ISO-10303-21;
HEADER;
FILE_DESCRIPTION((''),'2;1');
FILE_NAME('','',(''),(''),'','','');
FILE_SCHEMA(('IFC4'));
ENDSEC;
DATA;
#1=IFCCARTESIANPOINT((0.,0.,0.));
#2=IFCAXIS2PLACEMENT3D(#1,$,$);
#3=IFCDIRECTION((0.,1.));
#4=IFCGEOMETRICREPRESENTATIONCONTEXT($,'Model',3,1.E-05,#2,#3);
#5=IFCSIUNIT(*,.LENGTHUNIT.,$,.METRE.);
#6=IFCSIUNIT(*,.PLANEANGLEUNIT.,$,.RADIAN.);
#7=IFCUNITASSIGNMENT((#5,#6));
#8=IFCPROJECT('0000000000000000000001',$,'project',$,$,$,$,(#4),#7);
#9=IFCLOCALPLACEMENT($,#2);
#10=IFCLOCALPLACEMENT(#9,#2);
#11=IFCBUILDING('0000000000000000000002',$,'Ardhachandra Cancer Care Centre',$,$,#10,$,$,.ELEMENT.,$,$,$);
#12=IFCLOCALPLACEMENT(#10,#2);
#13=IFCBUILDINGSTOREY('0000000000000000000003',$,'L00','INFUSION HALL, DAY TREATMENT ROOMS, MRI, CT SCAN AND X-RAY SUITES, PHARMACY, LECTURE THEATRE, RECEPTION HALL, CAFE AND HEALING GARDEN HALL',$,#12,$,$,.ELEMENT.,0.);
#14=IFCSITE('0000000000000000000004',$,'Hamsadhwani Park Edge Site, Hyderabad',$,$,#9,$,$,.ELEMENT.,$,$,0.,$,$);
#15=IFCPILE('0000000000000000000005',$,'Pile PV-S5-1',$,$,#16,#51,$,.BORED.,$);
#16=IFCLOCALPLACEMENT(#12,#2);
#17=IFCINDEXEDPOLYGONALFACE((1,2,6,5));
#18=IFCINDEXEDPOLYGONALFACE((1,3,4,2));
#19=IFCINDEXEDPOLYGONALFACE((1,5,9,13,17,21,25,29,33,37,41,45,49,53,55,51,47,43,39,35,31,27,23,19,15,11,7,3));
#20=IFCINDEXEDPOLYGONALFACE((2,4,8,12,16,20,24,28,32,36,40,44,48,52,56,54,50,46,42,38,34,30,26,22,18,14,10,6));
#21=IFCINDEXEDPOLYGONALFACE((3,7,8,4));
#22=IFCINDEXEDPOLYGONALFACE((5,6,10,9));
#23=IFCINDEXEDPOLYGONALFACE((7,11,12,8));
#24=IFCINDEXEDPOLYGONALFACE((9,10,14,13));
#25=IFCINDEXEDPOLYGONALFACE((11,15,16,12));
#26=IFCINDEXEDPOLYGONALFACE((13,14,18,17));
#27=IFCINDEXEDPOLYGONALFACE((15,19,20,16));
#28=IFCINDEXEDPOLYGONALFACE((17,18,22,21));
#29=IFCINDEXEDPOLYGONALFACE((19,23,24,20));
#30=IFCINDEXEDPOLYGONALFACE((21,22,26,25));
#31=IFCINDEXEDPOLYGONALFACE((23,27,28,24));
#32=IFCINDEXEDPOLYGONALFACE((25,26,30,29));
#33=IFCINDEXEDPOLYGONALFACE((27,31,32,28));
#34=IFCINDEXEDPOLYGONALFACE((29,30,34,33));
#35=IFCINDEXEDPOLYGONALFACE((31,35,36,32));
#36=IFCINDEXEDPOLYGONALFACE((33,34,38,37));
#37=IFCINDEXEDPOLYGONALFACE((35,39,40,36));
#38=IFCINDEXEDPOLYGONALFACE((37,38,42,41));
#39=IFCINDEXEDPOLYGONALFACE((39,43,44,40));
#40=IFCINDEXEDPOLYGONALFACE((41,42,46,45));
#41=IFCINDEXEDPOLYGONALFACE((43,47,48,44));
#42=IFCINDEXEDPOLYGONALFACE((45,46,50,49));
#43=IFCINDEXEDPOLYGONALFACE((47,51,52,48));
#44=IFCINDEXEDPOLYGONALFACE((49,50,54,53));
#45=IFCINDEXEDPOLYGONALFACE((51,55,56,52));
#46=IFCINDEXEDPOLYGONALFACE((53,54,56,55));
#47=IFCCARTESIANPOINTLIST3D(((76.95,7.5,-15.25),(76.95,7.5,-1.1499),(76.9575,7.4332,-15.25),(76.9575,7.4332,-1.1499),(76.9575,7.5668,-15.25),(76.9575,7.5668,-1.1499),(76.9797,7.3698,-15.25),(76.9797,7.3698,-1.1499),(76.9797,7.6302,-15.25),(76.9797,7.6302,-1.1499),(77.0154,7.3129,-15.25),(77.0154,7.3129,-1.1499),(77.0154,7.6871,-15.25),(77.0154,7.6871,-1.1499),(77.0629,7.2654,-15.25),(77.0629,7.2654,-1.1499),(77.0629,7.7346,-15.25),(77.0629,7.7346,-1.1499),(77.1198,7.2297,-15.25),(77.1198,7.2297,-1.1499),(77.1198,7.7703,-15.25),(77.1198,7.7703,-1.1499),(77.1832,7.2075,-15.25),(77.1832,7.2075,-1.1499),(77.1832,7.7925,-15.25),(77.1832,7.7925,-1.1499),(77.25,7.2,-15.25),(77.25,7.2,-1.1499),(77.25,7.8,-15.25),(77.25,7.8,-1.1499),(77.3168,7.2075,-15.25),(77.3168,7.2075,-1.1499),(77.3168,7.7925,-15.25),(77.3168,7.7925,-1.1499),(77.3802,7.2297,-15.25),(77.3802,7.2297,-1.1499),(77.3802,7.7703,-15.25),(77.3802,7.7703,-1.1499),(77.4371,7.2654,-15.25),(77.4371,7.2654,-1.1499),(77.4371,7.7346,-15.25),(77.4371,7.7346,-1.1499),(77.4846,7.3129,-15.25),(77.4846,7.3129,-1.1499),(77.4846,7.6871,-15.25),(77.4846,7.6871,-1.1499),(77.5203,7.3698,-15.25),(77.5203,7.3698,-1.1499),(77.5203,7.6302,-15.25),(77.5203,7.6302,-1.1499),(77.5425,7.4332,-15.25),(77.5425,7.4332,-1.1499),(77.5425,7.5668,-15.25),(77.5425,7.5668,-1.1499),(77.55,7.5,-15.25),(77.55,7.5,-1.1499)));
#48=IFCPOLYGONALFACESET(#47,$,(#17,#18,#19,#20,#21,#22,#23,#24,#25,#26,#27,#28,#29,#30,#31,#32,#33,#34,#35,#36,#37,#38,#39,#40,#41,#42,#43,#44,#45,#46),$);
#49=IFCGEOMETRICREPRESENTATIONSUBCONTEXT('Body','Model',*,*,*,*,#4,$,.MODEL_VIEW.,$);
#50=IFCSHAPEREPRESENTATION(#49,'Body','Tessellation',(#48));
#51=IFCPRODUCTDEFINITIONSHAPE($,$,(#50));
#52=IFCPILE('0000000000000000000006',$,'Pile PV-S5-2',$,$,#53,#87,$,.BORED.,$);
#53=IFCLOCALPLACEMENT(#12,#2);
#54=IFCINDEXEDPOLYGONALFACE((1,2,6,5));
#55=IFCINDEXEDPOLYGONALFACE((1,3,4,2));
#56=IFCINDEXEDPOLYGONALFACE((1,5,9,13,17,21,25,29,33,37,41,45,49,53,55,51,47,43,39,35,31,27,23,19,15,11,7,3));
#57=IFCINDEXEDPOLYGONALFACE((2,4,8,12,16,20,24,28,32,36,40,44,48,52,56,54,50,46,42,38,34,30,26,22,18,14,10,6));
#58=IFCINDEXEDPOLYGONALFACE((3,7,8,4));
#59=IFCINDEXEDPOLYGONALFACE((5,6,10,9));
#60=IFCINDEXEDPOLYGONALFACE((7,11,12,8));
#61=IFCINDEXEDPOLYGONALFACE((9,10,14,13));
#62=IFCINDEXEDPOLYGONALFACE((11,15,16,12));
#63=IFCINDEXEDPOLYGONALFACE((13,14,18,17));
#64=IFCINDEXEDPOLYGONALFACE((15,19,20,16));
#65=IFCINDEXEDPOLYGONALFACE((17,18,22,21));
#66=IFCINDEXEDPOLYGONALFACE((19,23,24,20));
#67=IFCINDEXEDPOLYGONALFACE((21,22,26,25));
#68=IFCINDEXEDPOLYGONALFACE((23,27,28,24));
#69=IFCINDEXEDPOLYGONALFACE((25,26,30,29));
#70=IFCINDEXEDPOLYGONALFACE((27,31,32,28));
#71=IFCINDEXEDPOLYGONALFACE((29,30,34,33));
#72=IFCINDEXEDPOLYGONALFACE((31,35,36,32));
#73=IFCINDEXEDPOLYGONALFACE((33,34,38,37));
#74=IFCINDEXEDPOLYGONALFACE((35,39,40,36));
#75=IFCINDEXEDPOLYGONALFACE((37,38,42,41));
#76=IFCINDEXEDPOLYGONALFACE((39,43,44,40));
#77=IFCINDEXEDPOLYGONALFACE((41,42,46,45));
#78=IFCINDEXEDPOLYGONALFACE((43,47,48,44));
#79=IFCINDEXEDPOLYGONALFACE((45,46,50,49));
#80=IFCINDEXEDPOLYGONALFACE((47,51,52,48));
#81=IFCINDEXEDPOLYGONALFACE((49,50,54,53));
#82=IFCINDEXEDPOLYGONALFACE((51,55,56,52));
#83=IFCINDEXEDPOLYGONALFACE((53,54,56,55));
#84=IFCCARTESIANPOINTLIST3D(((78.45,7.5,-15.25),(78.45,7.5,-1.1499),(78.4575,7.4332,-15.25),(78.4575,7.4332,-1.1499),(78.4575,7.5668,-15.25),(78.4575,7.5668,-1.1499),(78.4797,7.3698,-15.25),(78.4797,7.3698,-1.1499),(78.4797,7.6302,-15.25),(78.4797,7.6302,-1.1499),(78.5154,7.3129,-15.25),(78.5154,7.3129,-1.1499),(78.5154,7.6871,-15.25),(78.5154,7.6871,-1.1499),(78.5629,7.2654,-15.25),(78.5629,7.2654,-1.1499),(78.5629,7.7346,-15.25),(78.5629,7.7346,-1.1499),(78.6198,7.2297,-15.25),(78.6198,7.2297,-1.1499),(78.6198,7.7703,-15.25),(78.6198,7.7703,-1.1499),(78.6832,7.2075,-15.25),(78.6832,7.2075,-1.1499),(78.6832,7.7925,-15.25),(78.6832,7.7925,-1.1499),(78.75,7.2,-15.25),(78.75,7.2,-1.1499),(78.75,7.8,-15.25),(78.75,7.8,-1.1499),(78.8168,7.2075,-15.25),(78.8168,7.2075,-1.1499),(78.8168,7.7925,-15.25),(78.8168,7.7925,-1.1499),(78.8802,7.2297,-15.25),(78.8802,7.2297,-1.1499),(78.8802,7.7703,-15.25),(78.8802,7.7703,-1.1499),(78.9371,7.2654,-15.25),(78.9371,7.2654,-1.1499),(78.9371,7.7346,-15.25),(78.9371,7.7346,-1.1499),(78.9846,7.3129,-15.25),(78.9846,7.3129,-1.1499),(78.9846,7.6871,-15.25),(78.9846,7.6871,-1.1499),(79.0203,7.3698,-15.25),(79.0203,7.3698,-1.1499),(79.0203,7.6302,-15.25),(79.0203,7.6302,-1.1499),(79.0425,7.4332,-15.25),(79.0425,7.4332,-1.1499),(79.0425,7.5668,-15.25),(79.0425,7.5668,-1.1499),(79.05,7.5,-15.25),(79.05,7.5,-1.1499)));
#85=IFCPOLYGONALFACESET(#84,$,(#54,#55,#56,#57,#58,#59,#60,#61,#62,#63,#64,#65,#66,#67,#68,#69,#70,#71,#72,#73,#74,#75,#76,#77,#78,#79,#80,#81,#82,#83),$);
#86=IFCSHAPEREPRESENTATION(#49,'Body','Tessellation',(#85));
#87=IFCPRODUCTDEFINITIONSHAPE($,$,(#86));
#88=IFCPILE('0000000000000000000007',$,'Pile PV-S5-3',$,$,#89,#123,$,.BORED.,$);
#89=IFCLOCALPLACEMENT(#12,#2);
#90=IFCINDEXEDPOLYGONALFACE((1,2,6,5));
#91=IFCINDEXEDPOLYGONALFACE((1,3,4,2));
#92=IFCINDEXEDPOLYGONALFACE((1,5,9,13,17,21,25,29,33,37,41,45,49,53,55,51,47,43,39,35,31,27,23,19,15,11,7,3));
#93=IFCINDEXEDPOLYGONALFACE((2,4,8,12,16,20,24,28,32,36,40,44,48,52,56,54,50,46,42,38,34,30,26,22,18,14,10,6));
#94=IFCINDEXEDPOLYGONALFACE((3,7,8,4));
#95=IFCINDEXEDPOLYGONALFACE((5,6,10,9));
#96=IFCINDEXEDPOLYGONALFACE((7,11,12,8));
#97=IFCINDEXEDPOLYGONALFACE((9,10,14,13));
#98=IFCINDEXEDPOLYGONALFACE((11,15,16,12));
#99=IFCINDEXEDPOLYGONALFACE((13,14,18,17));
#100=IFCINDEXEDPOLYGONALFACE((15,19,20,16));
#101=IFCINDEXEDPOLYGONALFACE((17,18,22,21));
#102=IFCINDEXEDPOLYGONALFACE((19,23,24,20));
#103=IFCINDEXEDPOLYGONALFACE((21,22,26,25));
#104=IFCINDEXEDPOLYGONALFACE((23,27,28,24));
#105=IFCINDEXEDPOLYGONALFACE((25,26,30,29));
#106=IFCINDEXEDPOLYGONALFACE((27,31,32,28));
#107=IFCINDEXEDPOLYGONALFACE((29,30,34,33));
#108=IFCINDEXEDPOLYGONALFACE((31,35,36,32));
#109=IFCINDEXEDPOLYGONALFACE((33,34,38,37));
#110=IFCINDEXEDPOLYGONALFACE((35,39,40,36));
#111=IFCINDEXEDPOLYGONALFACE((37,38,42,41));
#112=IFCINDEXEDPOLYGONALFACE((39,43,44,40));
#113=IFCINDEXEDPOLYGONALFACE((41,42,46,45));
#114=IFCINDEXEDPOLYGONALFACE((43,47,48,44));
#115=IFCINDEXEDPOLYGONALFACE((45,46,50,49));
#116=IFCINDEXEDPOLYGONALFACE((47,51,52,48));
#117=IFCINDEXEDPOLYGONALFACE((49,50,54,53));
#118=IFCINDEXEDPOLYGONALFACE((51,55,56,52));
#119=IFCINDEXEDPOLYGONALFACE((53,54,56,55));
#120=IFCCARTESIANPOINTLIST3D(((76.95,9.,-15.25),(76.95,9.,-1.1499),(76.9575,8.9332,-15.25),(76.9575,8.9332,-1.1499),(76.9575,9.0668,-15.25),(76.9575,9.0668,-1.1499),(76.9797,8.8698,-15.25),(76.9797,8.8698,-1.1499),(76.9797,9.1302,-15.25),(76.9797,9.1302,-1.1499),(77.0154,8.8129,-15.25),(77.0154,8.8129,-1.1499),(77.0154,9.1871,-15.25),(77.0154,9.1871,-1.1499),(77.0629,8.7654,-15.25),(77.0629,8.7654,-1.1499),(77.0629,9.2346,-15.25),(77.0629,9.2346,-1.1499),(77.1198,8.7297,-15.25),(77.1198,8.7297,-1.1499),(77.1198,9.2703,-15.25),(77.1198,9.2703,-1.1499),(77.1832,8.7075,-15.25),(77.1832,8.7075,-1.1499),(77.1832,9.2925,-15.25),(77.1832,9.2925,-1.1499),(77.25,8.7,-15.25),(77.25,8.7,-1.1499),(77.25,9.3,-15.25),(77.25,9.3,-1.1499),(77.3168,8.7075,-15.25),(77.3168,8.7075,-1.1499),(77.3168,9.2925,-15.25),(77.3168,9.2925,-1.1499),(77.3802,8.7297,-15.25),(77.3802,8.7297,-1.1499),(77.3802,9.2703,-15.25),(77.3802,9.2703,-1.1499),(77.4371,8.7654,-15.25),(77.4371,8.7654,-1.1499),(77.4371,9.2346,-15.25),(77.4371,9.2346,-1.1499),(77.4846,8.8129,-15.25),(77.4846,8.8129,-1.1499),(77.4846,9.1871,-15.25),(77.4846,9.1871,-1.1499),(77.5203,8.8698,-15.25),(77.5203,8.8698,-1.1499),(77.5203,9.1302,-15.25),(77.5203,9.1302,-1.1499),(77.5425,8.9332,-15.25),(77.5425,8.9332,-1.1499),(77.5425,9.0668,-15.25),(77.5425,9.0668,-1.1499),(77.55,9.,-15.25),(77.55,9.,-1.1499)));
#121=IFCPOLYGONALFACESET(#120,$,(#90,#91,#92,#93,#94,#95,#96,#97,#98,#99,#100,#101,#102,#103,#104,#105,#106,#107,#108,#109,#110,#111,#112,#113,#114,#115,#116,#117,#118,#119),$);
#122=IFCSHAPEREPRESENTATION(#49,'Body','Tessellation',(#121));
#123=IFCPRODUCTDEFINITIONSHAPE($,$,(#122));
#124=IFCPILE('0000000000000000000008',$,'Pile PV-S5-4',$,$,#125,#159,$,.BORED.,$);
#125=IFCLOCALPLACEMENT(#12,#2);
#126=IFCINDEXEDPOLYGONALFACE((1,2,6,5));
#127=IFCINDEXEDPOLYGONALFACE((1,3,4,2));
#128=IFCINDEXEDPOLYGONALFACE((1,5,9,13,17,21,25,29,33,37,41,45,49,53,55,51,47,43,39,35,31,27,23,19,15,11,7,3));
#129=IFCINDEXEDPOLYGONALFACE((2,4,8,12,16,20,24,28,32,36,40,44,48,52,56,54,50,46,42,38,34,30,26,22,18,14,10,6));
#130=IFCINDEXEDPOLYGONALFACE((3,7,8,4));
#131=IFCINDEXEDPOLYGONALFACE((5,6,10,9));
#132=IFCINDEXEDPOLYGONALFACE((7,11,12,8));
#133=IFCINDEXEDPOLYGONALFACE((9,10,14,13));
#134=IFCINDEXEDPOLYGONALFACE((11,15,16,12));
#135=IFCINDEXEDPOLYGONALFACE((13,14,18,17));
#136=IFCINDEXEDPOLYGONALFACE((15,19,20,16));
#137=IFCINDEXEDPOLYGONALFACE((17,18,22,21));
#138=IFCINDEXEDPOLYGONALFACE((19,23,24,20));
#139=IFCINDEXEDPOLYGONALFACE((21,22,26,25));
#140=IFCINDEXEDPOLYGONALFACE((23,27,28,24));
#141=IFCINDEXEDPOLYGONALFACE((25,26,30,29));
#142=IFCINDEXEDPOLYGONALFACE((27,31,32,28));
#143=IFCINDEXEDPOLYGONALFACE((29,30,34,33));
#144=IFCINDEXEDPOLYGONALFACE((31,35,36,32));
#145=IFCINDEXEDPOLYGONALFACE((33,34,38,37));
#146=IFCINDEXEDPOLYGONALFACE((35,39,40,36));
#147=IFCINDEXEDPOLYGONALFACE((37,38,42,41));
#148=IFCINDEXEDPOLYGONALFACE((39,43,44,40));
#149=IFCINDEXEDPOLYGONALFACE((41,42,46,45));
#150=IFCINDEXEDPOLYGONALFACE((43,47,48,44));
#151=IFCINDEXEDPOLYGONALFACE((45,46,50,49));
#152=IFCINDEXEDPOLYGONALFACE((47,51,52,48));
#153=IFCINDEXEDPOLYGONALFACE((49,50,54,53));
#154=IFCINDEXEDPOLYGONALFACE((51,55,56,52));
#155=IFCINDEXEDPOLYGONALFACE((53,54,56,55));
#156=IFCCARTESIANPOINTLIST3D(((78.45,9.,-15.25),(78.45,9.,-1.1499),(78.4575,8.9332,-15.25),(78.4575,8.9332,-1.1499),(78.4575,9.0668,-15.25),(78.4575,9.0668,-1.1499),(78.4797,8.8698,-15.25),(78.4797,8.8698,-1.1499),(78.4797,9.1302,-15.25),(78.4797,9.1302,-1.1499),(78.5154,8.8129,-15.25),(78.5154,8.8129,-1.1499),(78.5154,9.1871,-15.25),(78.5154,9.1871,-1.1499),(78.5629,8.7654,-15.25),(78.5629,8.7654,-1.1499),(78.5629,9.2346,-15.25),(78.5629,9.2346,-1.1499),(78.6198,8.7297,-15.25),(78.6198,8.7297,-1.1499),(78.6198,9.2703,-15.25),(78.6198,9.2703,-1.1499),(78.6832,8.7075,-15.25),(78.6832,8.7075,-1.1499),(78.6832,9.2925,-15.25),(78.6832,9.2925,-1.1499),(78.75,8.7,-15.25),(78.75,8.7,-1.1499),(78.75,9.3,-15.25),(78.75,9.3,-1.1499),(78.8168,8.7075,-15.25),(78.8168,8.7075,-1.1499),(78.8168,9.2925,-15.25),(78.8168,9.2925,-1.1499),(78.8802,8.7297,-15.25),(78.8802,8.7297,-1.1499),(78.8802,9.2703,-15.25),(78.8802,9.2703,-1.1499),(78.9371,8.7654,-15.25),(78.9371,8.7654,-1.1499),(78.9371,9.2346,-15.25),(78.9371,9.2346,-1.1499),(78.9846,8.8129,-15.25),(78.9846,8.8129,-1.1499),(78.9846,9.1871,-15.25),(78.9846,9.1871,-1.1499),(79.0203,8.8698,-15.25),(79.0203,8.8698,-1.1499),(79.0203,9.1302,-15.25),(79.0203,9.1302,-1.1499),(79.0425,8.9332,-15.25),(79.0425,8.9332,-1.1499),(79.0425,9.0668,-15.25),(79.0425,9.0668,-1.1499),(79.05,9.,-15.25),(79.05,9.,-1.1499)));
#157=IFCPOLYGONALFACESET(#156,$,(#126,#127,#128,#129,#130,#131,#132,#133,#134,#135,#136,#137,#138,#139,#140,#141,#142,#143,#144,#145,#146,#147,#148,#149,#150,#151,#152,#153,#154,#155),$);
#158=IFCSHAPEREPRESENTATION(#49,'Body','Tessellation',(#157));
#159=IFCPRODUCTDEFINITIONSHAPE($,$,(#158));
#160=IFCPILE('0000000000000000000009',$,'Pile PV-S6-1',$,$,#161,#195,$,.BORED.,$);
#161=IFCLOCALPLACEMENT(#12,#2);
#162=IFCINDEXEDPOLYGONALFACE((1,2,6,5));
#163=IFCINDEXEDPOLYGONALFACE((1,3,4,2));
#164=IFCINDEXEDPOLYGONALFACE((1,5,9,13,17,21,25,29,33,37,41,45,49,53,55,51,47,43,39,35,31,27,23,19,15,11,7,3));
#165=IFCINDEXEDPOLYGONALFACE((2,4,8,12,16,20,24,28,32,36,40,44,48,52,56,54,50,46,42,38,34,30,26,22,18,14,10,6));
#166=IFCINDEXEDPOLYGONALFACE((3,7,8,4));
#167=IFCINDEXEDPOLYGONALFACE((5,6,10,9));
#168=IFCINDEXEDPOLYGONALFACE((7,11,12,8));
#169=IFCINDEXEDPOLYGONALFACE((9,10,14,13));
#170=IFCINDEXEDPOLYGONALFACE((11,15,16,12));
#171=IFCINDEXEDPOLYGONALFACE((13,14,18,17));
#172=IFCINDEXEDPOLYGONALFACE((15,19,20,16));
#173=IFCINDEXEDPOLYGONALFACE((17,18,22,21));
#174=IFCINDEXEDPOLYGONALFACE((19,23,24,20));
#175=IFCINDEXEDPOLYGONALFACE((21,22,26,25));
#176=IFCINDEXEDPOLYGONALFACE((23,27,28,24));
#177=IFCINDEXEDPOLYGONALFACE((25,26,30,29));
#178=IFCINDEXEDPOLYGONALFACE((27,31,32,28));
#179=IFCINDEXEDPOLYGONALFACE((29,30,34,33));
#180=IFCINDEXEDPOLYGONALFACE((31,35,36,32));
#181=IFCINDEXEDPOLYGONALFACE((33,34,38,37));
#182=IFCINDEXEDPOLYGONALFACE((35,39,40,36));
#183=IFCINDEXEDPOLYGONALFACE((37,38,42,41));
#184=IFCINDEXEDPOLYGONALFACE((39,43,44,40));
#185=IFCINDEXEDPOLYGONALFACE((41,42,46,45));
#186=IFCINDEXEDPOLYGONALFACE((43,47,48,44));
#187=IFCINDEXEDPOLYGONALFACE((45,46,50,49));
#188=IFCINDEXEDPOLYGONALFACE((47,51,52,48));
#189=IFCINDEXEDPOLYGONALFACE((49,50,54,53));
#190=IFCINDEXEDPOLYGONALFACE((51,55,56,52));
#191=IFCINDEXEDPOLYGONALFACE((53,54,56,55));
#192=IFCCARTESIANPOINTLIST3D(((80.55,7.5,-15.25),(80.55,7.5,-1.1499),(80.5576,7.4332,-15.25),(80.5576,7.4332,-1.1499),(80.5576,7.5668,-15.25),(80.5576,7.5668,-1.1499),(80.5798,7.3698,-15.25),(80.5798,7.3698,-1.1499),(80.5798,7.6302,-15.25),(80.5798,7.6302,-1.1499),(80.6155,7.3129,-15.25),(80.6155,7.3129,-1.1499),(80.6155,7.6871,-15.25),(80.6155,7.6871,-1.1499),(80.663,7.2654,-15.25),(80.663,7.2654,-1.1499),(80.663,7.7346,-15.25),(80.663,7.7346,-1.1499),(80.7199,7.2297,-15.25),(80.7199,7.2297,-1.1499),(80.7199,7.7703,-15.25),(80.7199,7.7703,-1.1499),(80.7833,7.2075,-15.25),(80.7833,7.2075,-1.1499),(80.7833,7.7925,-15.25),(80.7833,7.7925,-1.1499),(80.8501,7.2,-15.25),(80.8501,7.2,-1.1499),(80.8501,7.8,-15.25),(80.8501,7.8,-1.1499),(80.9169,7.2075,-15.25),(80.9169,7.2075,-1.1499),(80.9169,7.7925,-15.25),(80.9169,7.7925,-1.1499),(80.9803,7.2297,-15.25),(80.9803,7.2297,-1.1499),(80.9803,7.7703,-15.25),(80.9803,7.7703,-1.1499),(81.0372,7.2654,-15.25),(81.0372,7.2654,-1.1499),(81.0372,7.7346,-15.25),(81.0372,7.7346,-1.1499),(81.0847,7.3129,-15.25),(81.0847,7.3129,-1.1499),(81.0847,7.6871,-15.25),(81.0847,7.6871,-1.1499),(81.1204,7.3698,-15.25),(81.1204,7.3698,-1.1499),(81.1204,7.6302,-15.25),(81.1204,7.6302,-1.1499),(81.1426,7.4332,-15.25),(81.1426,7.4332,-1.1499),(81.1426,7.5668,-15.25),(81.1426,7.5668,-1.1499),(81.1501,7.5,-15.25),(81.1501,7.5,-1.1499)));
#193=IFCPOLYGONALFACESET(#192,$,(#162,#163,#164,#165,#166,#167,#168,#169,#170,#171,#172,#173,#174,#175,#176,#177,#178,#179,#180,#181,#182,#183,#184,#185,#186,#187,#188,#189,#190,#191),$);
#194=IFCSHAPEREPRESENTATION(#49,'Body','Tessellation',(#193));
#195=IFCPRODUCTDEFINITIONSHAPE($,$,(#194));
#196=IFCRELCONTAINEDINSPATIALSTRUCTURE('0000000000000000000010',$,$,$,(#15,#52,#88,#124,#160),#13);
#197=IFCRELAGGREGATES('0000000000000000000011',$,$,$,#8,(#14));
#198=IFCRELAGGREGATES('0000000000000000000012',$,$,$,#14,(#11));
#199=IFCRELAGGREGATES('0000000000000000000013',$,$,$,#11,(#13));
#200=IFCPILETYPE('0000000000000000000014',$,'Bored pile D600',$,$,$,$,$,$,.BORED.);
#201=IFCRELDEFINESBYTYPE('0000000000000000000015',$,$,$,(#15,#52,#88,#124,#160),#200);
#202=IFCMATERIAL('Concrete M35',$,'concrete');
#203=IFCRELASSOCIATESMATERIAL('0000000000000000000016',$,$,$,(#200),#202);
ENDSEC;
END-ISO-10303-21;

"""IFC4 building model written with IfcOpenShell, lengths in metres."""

from ifc_helpers import new_model, si_unit, direction, frame, origin, origin_2d, place, context, subcontext, project, spatial, circle, extrude, material, material_profile, profile_set, type_object, element, save


model = new_model("IFC4")

# Units and contexts
model_context = context("Model", 3, precision=1e-05, world=origin(), true_north=direction((0.0, 1.0)))
body_context = subcontext(model_context, "Body", "Model", "MODEL_VIEW")
ifc_project = project(units=[si_unit("LENGTHUNIT", "METRE"), si_unit("PLANEANGLEUNIT", "RADIAN")], contexts=[model_context])

# Site, building, storey
site_placement = place(None, origin())
site = spatial("IfcSite", under=ifc_project, at=site_placement, Name="Hamsadhwani Park Edge Site, Hyderabad", CompositionType="ELEMENT", RefElevation=0.0)
building_placement = place(site_placement, origin())
building = spatial("IfcBuilding", under=site, at=building_placement, Name="Ardhachandra Cancer Care Centre", CompositionType="ELEMENT")
storey_placement = place(building_placement, origin())
storey = spatial("IfcBuildingStorey", under=building, at=storey_placement, Name="L00", Description="INFUSION HALL, DAY TREATMENT ROOMS, MRI, CT SCAN AND X-RAY SUITES, PHARMACY, LECTURE THEATRE, RECEPTION HALL, CAFE AND HEALING GARDEN HALL", CompositionType="ELEMENT", Elevation=0.0)

# Piles
ifc_material_1 = material(Name="Concrete M35", Category="concrete")
ifc_material_profile_1 = material_profile(ifc_material_1, circle(Radius=0.3, at=origin_2d()), Name="D600")
ifc_profile_set_1 = profile_set([ifc_material_profile_1], Name="Concrete M35")
pile_type = type_object("IfcPileType", Name="Bored pile D600", PredefinedType="BORED", material=ifc_profile_set_1)
for number, where, z_axis, x_axis, name in (
    (1, (77.25, 7.5, -1.1499), (0.0, 0.0, -1.0), (1.0, 0.0, 0.0), "Pile PV-S5-1"),
    (2, (78.75, 7.5, -1.1499), (0.0, 0.0, -1.0), (1.0, 0.0, 0.0), "Pile PV-S5-2"),
    (3, (77.25, 9.0, -1.1499), (0.0, 0.0, -1.0), (1.0, 0.0, 0.0), "Pile PV-S5-3"),
    (4, (78.75, 9.0, -1.1499), (0.0, 0.0, -1.0), (1.0, 0.0, 0.0), "Pile PV-S5-4"),
    (5, (80.8501, 7.5, -1.1499), (0.0, 0.0, -1.0), (1.0, 0.0, 0.0), "Pile PV-S6-1"),
):
    element("IfcPile", number, at=place(storey_placement, frame(where, z_axis=z_axis, x_axis=x_axis)), inside=storey, type_object=pile_type, Name=name, PredefinedType="BORED", context=body_context, shape_type="SweptSolid", body=[
        extrude(circle(Radius=0.3, at=origin_2d()), origin(), (0.0, 0.0, 1.0), 14.1001),
    ])

save(model, "model.ifc")
